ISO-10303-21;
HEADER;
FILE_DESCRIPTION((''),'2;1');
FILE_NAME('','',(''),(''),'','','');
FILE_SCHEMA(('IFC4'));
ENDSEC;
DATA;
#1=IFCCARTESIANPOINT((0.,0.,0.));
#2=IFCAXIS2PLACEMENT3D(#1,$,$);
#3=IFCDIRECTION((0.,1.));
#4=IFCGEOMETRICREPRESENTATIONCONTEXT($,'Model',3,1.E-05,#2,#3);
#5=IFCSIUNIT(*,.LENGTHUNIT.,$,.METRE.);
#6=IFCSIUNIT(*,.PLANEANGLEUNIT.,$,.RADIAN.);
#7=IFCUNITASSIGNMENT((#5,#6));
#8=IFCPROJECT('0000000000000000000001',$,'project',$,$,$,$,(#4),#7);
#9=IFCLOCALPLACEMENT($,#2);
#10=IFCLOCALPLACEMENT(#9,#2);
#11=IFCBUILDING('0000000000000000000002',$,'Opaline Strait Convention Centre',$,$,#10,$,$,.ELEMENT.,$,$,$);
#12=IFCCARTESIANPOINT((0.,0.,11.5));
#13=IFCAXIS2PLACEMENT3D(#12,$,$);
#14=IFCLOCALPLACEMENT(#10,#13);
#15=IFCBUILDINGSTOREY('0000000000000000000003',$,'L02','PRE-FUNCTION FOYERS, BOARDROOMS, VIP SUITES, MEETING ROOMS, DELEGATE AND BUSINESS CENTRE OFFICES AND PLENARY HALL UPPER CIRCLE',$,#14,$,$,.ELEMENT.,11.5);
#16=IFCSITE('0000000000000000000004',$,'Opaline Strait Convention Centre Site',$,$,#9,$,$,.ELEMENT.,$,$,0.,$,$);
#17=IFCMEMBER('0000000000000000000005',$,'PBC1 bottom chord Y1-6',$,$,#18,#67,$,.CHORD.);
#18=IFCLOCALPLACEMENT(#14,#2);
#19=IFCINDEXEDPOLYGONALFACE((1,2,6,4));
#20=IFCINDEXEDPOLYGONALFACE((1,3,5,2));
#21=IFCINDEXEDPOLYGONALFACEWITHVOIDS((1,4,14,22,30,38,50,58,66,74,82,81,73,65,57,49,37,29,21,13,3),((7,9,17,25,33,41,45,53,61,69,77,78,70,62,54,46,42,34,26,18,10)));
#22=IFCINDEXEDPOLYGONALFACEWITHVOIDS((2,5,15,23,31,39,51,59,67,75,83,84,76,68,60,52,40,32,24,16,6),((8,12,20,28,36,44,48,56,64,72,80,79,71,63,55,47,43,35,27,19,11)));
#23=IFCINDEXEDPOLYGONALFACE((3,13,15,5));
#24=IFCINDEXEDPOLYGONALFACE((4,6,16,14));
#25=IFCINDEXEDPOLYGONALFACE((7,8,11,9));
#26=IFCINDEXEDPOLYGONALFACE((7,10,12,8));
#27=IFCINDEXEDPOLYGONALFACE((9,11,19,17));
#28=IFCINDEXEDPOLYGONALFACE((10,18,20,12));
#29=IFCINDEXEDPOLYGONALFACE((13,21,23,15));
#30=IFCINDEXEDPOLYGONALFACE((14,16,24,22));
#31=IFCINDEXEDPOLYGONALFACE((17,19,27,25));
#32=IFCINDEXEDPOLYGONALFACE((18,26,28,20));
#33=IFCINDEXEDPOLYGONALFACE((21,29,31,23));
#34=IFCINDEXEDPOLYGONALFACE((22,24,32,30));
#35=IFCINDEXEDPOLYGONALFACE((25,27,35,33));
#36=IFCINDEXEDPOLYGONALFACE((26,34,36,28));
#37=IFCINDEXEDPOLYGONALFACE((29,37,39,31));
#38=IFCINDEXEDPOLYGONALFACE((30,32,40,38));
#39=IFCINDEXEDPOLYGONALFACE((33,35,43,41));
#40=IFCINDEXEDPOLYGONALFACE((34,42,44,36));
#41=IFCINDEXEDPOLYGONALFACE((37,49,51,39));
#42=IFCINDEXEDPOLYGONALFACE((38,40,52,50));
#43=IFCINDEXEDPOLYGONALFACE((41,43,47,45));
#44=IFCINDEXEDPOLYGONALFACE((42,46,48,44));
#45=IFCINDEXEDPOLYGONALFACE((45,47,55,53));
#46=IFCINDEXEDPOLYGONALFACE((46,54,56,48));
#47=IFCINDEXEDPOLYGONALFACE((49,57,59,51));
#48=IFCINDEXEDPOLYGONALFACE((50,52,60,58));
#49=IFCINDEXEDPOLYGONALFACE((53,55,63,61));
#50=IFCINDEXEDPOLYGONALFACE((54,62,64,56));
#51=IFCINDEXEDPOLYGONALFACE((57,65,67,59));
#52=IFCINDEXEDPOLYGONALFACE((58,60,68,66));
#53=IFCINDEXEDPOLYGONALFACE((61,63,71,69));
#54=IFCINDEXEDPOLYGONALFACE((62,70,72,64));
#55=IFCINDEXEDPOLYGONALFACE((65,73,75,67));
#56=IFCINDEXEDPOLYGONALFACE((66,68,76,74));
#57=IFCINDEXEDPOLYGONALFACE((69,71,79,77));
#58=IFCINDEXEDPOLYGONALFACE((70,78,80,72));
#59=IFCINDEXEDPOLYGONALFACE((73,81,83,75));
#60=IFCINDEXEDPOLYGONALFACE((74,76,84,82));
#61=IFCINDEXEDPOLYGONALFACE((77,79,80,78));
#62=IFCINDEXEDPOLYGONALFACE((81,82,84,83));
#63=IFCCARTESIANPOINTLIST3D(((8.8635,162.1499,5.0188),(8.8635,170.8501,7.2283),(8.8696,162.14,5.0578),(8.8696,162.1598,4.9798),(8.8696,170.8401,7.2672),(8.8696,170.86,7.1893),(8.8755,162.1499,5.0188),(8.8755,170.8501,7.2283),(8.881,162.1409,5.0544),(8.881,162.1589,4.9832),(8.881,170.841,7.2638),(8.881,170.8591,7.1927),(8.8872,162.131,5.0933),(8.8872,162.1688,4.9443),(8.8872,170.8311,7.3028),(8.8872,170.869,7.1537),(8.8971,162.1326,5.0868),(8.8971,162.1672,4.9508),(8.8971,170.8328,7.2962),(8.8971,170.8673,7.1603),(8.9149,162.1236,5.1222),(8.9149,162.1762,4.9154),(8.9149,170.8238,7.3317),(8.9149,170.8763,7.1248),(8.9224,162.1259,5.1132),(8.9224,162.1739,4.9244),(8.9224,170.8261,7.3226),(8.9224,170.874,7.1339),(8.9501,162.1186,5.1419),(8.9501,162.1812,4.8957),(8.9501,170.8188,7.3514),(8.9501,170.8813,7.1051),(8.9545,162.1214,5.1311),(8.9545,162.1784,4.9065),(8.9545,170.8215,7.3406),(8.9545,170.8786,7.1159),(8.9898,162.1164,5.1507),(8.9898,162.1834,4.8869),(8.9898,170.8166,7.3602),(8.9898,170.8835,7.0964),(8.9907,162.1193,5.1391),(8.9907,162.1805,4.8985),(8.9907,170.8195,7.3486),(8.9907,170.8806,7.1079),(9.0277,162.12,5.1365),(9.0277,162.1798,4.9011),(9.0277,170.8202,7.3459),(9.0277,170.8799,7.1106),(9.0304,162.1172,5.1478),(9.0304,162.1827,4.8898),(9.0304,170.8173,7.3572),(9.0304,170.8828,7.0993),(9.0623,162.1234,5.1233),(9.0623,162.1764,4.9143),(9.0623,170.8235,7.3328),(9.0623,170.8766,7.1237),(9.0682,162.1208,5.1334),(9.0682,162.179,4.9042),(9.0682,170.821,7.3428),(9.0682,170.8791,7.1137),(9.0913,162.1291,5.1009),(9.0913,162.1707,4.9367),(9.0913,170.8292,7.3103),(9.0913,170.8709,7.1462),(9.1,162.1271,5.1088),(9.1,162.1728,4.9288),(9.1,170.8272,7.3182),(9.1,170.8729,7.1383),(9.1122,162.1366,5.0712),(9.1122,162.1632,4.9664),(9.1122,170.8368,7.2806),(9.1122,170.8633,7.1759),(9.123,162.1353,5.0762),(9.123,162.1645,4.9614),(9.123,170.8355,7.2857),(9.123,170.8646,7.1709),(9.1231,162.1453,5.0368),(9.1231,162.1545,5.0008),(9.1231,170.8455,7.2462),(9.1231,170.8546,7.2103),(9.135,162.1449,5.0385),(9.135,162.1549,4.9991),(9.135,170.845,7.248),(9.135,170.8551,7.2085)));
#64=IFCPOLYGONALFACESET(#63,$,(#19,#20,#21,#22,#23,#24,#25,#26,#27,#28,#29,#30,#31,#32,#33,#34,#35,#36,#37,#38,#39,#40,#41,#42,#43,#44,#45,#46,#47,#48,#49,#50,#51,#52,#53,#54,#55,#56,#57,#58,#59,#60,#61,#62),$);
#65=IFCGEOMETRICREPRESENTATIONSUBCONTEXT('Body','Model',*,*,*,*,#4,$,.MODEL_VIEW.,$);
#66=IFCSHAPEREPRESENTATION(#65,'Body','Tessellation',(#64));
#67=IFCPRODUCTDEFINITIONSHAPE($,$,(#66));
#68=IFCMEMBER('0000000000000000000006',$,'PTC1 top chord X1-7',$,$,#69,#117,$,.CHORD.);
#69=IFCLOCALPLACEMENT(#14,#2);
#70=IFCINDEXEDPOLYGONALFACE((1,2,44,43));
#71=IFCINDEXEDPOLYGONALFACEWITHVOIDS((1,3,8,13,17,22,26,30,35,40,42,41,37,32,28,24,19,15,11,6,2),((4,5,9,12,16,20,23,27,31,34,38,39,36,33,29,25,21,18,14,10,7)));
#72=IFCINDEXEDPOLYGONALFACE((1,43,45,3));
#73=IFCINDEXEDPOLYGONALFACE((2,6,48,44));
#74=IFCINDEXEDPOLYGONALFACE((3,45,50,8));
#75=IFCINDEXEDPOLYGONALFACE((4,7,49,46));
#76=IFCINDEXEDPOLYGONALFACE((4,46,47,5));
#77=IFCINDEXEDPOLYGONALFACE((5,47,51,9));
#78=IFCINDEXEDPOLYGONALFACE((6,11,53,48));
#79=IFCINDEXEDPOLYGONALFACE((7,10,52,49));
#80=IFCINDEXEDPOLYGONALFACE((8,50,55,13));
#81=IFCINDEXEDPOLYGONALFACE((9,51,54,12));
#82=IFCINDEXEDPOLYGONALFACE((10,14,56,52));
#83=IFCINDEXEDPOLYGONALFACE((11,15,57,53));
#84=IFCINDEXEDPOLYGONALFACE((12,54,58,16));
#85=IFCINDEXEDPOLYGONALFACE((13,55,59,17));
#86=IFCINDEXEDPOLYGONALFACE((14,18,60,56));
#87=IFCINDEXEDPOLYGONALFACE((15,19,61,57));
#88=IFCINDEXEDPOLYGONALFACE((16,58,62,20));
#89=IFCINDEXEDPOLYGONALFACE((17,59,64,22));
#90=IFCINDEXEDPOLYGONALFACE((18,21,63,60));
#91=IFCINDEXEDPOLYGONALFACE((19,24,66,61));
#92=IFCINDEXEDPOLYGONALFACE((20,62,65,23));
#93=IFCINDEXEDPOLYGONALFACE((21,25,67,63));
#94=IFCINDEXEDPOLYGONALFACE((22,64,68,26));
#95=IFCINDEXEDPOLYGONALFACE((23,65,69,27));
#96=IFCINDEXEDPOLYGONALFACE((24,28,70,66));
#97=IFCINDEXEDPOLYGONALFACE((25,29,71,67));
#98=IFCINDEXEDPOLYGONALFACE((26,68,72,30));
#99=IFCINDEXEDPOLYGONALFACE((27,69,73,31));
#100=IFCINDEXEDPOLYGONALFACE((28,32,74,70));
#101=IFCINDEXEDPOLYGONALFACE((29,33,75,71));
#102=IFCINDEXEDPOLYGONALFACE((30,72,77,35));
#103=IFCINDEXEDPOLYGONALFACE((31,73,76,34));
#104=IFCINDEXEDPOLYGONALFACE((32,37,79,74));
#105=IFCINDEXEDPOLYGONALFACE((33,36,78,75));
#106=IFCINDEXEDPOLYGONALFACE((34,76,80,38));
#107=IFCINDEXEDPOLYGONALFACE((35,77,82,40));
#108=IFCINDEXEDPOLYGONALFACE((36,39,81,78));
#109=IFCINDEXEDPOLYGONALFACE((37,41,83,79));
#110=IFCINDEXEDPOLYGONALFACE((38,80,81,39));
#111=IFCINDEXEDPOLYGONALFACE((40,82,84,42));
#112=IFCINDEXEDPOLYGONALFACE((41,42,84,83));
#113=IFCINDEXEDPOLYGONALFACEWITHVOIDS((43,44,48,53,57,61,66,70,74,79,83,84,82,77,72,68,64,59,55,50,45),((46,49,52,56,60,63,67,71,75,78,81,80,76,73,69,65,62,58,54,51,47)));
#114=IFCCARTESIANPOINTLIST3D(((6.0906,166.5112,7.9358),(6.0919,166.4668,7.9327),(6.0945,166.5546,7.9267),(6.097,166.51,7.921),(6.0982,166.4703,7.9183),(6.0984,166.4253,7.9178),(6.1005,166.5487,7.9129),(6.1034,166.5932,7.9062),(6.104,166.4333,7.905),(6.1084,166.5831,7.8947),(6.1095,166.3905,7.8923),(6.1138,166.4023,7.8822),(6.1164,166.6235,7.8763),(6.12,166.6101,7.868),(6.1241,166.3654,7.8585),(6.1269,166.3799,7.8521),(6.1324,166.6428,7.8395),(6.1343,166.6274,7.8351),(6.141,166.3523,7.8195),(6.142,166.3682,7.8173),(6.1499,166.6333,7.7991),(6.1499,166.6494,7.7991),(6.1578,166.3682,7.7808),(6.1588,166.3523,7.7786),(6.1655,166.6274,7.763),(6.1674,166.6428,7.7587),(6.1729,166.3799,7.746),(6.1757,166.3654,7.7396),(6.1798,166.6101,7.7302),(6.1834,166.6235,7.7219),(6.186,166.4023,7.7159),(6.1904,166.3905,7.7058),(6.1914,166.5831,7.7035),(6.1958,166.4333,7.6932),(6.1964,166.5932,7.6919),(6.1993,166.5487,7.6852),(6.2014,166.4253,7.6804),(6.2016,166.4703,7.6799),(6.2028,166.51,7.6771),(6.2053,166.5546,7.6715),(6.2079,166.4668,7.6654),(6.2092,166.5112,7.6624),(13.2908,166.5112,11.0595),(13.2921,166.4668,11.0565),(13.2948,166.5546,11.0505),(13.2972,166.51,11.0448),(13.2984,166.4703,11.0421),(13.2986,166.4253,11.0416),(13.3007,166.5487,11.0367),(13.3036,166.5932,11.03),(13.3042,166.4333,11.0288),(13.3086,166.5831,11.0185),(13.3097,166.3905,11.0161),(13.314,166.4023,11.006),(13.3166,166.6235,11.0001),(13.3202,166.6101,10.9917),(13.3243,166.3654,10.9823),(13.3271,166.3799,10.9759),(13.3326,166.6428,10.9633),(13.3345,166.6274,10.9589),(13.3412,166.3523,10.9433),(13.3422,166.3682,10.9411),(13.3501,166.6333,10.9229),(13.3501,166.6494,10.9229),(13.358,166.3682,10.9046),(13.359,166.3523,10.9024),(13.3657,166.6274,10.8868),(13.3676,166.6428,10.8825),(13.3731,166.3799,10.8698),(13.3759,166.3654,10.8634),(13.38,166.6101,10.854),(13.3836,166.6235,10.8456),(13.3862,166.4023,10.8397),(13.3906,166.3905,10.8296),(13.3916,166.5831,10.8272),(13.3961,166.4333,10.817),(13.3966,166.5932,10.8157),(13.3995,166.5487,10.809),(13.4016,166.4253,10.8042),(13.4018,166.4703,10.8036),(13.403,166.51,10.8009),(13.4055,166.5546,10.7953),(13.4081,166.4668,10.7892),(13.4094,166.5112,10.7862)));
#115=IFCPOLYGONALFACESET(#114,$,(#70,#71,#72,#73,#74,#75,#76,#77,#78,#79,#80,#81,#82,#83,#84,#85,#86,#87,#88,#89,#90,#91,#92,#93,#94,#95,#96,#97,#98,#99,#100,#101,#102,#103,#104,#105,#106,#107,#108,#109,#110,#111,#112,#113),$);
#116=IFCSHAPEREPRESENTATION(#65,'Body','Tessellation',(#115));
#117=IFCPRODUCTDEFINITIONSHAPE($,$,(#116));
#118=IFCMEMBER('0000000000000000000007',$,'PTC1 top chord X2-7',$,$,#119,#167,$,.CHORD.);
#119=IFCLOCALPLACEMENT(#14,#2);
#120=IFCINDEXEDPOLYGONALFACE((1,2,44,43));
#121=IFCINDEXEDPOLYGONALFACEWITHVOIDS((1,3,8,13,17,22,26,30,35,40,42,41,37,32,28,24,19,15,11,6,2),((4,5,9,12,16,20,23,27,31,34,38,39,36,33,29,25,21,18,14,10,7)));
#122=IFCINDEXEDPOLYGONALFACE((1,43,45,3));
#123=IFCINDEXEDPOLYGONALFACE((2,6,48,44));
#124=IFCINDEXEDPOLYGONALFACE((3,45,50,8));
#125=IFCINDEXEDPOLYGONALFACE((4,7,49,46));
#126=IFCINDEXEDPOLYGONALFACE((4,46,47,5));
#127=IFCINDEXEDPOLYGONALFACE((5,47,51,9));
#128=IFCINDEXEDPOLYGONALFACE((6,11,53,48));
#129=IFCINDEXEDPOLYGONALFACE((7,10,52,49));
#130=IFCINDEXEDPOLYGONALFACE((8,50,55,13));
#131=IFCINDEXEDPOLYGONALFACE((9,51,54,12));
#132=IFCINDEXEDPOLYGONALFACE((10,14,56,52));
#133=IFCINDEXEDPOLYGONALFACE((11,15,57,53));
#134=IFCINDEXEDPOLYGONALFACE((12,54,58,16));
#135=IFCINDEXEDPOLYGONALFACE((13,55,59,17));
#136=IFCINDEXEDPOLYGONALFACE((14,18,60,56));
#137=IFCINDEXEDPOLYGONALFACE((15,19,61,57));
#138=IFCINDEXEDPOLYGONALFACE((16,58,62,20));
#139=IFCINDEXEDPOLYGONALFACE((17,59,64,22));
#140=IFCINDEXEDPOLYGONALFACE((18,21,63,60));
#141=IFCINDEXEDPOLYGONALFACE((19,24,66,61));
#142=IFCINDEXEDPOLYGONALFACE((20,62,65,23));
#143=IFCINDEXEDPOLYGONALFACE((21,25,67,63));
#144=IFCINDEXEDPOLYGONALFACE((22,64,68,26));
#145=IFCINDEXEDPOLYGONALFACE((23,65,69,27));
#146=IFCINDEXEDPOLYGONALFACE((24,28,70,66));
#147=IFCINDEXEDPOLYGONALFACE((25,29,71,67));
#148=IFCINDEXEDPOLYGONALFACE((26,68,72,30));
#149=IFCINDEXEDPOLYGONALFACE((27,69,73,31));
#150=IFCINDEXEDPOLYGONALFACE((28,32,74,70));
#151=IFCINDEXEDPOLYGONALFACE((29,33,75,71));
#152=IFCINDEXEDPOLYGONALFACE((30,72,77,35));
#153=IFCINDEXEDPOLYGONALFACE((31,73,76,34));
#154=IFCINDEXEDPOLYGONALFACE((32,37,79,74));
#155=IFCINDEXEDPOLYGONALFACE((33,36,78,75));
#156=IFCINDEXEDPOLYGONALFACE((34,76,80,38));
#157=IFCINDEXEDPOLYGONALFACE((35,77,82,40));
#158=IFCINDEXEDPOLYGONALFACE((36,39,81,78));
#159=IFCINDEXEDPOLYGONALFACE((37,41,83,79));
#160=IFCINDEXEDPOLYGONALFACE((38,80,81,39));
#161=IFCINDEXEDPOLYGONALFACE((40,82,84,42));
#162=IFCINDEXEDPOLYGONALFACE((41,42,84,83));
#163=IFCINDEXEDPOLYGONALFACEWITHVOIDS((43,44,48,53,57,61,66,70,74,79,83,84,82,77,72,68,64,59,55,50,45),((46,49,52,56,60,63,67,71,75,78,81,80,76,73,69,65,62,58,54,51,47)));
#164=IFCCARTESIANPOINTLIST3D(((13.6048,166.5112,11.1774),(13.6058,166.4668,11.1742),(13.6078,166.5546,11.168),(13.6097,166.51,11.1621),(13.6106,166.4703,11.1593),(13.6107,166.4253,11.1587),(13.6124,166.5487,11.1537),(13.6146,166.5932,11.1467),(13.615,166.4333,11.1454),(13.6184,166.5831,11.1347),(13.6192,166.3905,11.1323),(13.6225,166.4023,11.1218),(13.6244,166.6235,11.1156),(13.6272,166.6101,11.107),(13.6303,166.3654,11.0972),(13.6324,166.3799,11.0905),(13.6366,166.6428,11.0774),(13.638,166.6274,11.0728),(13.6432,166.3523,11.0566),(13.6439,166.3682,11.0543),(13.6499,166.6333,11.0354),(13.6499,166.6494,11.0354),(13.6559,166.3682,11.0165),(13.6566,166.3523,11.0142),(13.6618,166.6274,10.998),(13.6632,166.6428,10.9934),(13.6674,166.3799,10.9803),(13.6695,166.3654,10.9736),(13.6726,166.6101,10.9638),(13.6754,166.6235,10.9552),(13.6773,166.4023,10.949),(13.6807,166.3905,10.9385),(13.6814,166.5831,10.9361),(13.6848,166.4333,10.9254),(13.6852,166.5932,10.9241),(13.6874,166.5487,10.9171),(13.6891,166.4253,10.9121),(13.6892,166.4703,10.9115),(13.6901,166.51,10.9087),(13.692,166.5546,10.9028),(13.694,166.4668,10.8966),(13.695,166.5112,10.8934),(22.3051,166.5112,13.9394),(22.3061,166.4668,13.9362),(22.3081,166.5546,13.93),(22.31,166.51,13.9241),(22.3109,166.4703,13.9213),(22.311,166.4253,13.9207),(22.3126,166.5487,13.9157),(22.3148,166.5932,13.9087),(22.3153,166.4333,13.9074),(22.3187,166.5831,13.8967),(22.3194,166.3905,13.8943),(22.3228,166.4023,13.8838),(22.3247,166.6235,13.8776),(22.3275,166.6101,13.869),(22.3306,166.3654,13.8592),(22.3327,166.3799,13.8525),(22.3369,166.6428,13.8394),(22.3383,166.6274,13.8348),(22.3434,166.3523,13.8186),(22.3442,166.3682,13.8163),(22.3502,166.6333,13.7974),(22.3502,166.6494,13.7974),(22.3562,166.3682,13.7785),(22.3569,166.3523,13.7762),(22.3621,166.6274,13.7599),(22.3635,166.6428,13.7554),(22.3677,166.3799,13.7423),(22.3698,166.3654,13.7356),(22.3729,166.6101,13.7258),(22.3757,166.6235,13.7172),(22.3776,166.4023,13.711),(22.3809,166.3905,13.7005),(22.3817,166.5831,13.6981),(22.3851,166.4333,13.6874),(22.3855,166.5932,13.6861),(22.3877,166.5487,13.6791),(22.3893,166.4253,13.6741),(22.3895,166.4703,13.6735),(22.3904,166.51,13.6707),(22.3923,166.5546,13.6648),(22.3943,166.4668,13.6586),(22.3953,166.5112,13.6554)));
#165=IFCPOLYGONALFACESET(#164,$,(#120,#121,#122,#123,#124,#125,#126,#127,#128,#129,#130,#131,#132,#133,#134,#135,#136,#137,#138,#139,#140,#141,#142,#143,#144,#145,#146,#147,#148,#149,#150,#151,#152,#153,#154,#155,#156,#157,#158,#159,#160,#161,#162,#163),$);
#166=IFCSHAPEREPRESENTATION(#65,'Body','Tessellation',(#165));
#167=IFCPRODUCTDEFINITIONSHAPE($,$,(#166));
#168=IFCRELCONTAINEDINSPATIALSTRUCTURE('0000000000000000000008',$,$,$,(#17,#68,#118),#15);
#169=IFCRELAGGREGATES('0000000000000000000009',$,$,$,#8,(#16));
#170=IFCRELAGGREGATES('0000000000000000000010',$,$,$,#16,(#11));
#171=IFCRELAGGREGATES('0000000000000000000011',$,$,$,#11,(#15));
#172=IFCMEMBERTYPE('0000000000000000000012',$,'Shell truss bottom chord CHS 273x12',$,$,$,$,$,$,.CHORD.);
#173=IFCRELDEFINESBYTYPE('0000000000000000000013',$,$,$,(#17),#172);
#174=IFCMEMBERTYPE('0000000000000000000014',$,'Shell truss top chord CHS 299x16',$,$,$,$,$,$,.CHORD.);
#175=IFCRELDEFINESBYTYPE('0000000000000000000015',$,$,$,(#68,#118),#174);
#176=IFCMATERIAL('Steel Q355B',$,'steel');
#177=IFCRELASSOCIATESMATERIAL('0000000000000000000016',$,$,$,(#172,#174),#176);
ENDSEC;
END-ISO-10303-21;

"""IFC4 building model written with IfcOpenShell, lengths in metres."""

from ifc_helpers import new_model, si_unit, direction, frame, origin, origin_2d, place, context, subcontext, project, spatial, hollow_circle, extrude, material, material_profile, profile_set, type_object, element, save


model = new_model("IFC4")

# Units and contexts
model_context = context("Model", 3, precision=1e-05, world=origin(), true_north=direction((0.0, 1.0)))
body_context = subcontext(model_context, "Body", "Model", "MODEL_VIEW")
ifc_project = project(units=[si_unit("LENGTHUNIT", "METRE"), si_unit("PLANEANGLEUNIT", "RADIAN")], contexts=[model_context])

# Site, building, storey
site_placement = place(None, origin())
site = spatial("IfcSite", under=ifc_project, at=site_placement, Name="Opaline Strait Convention Centre Site", CompositionType="ELEMENT", RefElevation=0.0)
building_placement = place(site_placement, origin())
building = spatial("IfcBuilding", under=site, at=building_placement, Name="Opaline Strait Convention Centre", CompositionType="ELEMENT")
storey_placement = place(building_placement, frame((0.0, 0.0, 11.5)))
storey = spatial("IfcBuildingStorey", under=building, at=storey_placement, Name="L02", Description="PRE-FUNCTION FOYERS, BOARDROOMS, VIP SUITES, MEETING ROOMS, DELEGATE AND BUSINESS CENTRE OFFICES AND PLENARY HALL UPPER CIRCLE", CompositionType="ELEMENT", Elevation=11.5)

# Members
ifc_material_1 = material(Name="Steel Q355B", Category="steel")
ifc_material_profile_1 = material_profile(ifc_material_1, hollow_circle(Radius=0.1365, WallThickness=0.012, at=origin_2d()), Name="CHS 273x12")
ifc_profile_set_1 = profile_set([ifc_material_profile_1], Name="Steel Q355B")
member_type_1 = type_object("IfcMemberType", Name="Shell truss bottom chord CHS 273x12", PredefinedType="CHORD", material=ifc_profile_set_1)
member_1_placement = place(storey_placement, frame((9.0, 162.1499, 5.0188), z_axis=(0.0, 0.969233, 0.246143), x_axis=(-1.0, 0.0, 0.0)))
element("IfcMember", 1, at=member_1_placement, inside=storey, type_object=member_type_1, Name="PBC1 bottom chord Y1-6", PredefinedType="CHORD", context=body_context, shape_type="SweptSolid", body=[
    extrude(hollow_circle(Radius=0.1365, WallThickness=0.012, at=origin_2d()), origin(), (0.0, 0.0, 1.0), 8.9763),
])
ifc_material_profile_2 = material_profile(ifc_material_1, hollow_circle(Radius=0.1494, WallThickness=0.0161, at=origin_2d()), Name="CHS 299x16")
ifc_profile_set_2 = profile_set([ifc_material_profile_2], Name="Steel Q355B")
member_type_2 = type_object("IfcMemberType", Name="Shell truss top chord CHS 299x16", PredefinedType="CHORD", material=ifc_profile_set_2)
member_2_placement = place(storey_placement, frame((6.1499, 166.5, 7.7991), z_axis=(0.917384, 0.0, 0.398004), x_axis=(0.0, 1.0, 0.0)))
element("IfcMember", 2, at=member_2_placement, inside=storey, type_object=member_type_2, Name="PTC1 top chord X1-7", PredefinedType="CHORD", context=body_context, shape_type="SweptSolid", body=[
    extrude(hollow_circle(Radius=0.1494, WallThickness=0.0161, at=origin_2d()), origin(), (0.0, 0.0, 1.0), 7.8486),
])
member_3_placement = place(storey_placement, frame((13.6499, 166.5, 11.0354), z_axis=(0.953124, 0.0, 0.302579), x_axis=(0.0, 1.0, 0.0)))
element("IfcMember", 3, at=member_3_placement, inside=storey, type_object=member_type_2, Name="PTC1 top chord X2-7", PredefinedType="CHORD", context=body_context, shape_type="SweptSolid", body=[
    extrude(hollow_circle(Radius=0.1494, WallThickness=0.0161, at=origin_2d()), origin(), (0.0, 0.0, 1.0), 9.1282),
])

save(model, "model.ifc")
